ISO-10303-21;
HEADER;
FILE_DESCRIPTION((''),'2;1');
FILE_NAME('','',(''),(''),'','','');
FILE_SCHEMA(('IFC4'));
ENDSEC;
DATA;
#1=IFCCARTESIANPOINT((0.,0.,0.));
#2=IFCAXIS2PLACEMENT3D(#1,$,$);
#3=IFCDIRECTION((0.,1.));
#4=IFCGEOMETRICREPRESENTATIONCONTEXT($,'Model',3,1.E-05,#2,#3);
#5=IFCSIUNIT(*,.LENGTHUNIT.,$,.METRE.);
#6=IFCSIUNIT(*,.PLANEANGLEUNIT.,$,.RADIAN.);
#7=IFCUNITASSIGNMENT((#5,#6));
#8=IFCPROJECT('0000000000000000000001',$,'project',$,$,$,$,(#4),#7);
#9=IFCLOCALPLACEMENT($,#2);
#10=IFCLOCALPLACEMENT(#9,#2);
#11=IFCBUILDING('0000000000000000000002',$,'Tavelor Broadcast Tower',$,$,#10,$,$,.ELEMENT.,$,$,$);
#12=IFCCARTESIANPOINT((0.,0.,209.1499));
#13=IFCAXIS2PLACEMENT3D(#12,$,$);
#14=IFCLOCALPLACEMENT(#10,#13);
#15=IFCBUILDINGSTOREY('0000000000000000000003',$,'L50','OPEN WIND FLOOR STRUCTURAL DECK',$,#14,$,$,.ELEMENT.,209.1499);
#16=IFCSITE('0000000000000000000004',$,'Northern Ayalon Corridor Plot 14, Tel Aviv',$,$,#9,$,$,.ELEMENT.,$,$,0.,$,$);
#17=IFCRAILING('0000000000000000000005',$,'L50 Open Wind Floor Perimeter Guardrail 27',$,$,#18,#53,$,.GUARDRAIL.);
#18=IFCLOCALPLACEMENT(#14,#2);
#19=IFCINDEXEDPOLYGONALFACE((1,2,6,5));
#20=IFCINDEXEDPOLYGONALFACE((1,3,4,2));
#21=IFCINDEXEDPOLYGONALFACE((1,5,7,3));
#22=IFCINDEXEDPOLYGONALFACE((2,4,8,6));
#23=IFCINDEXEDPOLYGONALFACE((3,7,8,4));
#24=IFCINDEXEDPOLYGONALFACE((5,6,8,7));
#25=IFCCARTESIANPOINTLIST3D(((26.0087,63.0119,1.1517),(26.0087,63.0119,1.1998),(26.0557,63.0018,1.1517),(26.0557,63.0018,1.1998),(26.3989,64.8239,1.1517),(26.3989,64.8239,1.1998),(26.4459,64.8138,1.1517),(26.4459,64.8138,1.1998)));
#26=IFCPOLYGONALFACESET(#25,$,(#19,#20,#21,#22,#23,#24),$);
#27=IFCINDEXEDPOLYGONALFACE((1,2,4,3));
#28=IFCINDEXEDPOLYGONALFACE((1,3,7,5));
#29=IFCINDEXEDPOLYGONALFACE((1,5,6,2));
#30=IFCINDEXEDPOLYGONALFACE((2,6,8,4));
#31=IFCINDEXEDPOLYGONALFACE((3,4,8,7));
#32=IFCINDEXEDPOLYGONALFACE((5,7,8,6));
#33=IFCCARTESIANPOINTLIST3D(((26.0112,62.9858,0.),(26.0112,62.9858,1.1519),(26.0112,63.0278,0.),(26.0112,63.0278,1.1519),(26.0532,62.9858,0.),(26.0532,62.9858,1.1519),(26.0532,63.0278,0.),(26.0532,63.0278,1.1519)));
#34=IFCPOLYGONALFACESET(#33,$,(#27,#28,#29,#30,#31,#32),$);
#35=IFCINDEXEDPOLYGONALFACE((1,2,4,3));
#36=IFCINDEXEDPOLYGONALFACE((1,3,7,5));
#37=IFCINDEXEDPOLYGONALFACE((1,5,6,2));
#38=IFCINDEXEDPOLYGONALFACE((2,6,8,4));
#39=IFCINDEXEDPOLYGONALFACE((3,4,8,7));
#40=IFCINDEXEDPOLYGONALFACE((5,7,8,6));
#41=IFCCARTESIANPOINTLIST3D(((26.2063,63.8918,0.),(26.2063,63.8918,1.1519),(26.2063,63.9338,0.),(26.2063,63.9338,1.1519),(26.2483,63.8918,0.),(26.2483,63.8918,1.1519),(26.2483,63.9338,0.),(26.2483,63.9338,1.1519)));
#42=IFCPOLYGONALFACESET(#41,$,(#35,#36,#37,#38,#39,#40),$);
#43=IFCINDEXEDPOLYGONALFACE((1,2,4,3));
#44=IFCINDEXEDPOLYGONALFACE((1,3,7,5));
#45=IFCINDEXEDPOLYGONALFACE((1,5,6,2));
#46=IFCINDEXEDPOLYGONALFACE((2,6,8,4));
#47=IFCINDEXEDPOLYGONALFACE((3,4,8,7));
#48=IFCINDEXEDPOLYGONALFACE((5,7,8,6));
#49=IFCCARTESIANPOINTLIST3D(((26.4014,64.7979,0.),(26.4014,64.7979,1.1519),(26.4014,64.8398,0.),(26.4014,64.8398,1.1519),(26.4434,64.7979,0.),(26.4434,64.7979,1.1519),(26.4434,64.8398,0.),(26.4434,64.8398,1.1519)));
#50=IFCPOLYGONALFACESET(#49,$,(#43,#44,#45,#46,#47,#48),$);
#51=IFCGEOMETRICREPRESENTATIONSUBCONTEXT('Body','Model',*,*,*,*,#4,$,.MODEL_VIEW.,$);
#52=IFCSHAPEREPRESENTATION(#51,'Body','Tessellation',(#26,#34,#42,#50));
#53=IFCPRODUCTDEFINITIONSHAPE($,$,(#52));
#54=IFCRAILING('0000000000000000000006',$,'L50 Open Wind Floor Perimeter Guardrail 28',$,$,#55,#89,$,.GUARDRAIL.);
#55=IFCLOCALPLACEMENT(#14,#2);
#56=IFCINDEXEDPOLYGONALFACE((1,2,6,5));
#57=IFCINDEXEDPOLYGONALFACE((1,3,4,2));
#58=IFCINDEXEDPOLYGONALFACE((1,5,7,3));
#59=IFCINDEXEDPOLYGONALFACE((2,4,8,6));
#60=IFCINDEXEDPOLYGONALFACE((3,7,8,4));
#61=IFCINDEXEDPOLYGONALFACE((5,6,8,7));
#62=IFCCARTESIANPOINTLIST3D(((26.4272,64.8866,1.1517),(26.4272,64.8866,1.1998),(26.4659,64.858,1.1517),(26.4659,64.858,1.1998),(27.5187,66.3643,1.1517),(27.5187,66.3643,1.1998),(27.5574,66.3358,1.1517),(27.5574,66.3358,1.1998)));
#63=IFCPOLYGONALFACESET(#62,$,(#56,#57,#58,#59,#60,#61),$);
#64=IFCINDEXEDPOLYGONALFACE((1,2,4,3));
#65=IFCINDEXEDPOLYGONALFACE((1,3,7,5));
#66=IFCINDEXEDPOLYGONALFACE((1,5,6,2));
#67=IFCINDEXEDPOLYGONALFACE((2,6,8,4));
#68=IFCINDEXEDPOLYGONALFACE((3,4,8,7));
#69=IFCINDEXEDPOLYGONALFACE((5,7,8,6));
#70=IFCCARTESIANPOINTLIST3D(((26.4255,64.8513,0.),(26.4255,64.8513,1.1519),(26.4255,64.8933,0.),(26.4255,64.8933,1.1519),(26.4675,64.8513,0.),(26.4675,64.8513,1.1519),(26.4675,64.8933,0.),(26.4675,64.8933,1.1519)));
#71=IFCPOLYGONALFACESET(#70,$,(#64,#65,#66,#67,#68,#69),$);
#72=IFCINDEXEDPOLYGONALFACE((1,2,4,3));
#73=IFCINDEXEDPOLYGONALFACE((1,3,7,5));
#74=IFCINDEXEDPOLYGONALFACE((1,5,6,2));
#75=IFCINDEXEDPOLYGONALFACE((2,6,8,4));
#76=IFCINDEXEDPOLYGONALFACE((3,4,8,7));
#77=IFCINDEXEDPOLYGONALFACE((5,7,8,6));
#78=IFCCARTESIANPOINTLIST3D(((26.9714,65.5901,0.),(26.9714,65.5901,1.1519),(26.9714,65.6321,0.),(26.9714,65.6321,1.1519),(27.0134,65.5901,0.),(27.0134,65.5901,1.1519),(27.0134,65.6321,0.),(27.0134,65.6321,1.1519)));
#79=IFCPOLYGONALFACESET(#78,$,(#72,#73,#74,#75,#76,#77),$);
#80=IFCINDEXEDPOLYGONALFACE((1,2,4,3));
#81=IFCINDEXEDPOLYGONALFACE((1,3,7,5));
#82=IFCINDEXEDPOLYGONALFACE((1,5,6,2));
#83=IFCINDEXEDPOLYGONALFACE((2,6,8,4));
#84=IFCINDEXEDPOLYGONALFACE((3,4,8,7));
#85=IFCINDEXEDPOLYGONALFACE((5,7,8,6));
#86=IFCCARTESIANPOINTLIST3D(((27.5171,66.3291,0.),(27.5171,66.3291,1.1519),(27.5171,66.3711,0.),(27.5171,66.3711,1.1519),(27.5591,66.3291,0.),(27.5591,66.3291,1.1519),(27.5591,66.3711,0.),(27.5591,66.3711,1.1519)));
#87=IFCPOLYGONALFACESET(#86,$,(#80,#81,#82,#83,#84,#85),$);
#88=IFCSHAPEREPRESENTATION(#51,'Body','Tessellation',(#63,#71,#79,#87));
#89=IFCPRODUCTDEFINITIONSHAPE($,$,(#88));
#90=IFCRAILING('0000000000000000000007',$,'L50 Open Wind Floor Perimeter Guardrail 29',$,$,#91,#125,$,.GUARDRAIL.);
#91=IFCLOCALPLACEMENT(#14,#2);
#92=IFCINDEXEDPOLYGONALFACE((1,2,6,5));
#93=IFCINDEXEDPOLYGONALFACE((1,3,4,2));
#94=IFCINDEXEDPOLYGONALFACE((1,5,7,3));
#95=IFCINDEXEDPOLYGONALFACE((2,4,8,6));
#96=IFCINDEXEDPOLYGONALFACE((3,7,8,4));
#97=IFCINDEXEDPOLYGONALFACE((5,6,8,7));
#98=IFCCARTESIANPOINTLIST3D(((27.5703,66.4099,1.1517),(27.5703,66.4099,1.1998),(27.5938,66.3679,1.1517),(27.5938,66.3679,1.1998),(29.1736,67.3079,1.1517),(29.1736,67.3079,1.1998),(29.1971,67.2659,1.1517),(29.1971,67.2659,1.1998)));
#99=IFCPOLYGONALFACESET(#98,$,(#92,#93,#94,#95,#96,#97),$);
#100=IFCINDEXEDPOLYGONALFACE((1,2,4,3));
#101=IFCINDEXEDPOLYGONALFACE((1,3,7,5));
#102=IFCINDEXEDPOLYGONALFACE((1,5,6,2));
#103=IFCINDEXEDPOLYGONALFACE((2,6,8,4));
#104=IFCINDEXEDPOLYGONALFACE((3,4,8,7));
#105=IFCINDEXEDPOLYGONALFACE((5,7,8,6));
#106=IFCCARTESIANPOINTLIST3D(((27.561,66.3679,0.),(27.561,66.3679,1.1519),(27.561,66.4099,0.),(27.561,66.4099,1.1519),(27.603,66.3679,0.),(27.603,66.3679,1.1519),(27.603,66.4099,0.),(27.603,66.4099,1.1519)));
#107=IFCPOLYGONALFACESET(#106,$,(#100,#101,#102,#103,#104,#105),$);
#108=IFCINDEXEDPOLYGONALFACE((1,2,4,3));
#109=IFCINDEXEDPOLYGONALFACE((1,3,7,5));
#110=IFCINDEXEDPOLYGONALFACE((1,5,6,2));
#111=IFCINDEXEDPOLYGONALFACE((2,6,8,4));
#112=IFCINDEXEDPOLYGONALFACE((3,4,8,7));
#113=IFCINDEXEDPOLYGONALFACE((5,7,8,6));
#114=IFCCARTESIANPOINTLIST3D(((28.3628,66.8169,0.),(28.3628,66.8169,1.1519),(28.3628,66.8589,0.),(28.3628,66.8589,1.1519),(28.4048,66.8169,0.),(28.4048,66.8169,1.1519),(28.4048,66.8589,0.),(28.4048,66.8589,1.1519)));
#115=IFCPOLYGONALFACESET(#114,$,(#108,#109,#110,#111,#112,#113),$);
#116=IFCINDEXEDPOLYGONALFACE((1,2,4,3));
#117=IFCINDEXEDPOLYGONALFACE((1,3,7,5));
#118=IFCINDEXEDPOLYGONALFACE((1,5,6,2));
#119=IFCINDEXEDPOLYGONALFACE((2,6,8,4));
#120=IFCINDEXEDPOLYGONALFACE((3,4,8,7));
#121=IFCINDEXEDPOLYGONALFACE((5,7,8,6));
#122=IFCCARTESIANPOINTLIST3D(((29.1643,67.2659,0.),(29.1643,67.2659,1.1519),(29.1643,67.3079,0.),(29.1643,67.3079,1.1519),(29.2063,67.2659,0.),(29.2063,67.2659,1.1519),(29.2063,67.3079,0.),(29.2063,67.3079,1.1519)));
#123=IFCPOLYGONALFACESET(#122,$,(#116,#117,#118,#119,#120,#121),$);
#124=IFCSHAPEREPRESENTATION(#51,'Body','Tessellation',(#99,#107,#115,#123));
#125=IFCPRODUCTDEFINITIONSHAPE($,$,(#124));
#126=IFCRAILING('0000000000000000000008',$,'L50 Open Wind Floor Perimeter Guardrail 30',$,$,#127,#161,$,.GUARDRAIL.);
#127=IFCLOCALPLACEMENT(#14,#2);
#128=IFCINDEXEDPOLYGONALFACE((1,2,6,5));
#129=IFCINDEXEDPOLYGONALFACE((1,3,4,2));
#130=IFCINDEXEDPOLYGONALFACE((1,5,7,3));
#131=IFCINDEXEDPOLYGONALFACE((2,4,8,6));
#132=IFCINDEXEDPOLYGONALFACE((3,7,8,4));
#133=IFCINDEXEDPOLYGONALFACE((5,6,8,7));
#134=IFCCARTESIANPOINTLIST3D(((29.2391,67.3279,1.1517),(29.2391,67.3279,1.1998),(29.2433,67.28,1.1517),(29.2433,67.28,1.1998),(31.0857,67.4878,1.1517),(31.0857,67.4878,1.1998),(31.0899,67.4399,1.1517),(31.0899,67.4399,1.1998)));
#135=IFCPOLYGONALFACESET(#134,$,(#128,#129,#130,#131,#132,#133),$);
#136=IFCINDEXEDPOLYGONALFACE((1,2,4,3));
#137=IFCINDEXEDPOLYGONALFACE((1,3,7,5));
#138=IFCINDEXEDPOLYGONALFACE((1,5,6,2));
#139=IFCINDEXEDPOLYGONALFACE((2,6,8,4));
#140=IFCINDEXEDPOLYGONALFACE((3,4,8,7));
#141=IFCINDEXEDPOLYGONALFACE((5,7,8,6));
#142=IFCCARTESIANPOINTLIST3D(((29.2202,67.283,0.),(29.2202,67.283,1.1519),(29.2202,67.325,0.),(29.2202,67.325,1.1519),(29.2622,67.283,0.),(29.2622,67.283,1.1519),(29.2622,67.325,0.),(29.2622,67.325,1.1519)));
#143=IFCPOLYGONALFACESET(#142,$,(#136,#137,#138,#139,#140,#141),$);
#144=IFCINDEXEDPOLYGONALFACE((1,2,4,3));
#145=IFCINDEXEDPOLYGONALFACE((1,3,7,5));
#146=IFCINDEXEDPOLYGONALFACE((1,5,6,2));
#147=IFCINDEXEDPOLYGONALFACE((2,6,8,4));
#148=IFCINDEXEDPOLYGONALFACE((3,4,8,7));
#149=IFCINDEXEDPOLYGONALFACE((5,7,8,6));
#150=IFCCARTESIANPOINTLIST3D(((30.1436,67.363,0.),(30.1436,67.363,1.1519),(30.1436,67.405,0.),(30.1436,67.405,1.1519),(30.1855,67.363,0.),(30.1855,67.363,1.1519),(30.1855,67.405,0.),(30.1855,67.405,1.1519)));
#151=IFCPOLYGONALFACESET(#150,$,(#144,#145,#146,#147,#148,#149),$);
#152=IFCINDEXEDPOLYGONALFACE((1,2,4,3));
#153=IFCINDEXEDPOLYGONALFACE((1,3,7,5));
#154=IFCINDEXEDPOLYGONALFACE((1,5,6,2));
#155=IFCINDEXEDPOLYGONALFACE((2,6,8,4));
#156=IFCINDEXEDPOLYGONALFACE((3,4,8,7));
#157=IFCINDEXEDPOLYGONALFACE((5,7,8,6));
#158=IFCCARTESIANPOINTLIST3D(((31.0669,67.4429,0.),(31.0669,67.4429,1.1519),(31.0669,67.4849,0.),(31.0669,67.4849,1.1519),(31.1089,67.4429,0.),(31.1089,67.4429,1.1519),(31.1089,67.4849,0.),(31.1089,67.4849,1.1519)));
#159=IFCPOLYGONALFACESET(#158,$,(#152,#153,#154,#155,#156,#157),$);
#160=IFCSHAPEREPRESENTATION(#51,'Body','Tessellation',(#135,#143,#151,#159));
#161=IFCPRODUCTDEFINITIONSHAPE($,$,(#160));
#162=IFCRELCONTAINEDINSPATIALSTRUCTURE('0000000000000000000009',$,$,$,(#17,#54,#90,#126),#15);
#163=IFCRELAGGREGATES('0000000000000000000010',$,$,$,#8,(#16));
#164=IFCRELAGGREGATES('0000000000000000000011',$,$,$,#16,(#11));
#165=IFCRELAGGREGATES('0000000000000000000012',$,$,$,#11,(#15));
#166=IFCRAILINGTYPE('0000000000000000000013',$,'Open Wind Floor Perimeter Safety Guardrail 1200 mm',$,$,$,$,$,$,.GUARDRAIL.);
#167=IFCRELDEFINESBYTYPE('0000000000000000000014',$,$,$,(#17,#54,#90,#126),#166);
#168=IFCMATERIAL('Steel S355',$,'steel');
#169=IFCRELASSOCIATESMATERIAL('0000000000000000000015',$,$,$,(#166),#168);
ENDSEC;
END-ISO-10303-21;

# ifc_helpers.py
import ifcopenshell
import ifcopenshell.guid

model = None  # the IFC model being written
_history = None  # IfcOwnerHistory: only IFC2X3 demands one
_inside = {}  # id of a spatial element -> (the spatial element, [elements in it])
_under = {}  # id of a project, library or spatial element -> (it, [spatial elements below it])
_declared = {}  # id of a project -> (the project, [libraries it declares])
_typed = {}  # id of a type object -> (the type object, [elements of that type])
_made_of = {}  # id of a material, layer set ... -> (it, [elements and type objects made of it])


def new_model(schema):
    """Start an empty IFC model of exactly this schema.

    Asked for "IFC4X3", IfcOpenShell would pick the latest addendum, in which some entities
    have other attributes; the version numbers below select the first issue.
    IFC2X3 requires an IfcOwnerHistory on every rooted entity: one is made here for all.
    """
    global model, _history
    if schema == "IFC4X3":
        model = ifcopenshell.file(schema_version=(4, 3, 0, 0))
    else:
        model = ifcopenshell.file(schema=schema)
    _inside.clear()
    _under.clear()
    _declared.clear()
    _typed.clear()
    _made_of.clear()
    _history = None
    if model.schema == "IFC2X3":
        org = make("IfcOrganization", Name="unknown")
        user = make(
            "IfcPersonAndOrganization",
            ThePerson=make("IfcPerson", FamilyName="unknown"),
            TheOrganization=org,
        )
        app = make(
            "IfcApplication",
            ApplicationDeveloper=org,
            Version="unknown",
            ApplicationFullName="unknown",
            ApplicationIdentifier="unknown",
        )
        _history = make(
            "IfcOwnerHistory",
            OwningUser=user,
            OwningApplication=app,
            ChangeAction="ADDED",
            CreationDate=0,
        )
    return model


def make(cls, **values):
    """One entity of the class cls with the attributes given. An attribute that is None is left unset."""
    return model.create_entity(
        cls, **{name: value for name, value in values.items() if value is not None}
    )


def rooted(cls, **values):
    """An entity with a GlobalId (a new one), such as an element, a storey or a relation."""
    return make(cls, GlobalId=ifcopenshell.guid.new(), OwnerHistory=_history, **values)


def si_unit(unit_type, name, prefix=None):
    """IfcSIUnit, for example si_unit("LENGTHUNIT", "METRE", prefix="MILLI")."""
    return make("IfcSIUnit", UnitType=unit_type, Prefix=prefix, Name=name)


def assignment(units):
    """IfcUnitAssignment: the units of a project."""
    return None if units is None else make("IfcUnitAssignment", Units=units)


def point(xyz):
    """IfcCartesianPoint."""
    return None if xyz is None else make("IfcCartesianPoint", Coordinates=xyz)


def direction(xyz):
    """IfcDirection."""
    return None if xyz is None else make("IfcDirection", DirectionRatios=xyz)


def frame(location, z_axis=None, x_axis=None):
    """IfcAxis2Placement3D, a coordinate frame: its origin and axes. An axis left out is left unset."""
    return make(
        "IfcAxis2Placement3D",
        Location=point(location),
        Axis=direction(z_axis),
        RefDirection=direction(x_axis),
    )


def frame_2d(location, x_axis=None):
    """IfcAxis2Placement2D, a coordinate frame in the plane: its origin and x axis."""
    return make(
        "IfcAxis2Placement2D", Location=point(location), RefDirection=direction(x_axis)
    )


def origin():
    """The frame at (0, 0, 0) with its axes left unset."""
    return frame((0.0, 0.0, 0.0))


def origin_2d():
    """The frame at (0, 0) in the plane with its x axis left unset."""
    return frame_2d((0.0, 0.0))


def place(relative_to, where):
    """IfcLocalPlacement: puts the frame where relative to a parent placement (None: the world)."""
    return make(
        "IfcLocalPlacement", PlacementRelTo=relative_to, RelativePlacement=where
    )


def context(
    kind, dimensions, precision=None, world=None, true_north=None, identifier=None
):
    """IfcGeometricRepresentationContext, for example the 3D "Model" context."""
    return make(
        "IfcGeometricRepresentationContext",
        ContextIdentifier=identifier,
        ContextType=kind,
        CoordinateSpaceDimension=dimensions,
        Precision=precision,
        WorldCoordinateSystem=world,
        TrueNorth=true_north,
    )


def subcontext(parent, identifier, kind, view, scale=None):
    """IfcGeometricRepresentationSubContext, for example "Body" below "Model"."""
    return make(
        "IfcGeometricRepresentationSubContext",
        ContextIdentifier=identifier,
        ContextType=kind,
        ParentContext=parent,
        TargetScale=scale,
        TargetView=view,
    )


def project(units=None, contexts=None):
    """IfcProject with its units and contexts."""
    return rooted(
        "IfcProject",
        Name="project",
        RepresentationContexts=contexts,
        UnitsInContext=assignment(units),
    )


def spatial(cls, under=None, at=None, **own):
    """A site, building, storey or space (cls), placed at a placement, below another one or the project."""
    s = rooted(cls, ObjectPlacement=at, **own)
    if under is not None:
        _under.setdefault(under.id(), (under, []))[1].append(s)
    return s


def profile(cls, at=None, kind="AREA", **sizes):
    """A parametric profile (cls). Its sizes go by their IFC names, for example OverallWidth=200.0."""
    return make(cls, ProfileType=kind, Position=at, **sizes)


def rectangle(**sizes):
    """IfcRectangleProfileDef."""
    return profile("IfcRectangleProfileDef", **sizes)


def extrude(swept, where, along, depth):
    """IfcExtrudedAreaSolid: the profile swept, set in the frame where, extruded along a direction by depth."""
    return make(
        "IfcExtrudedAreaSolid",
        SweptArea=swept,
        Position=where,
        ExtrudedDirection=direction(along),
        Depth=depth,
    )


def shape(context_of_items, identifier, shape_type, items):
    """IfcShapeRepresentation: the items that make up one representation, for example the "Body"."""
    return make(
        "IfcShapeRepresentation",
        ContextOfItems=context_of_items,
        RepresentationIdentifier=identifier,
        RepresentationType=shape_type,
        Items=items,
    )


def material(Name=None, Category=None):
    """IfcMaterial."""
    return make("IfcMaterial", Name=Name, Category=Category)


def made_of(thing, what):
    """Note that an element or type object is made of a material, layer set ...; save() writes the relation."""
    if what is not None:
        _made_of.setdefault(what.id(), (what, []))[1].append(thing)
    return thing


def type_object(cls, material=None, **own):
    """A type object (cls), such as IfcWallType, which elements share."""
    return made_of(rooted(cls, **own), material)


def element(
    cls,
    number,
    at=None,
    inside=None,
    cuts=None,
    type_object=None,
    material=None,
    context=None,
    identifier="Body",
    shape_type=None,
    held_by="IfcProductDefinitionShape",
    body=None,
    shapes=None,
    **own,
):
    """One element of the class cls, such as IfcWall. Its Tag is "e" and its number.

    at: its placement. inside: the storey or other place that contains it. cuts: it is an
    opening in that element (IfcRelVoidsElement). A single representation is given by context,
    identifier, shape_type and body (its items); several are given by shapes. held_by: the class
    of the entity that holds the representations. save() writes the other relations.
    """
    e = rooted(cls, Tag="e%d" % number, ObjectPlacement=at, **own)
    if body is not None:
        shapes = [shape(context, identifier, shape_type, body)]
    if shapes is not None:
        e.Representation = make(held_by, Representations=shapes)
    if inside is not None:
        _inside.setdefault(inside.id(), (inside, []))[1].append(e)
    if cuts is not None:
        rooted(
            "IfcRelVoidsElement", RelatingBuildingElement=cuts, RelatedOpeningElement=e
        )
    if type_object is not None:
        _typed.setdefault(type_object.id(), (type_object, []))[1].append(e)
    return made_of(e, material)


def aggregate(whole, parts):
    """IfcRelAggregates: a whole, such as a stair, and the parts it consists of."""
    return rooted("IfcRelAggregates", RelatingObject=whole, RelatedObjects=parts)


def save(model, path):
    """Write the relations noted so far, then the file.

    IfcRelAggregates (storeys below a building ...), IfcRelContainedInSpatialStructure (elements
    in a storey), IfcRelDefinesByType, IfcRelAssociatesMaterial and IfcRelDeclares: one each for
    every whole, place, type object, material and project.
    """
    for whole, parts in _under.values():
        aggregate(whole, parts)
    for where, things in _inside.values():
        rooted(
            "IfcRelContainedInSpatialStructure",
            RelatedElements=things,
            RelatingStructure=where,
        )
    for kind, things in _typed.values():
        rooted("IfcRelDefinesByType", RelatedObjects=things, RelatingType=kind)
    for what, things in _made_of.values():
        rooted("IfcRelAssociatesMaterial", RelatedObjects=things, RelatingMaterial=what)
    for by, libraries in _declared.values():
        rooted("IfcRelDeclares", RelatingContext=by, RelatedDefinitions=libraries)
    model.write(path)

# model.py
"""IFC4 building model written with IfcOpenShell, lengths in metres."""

from ifc_helpers import new_model, si_unit, direction, frame, origin, origin_2d, place, context, subcontext, project, spatial, rectangle, extrude, material, type_object, element, save


model = new_model("IFC4")

# Units and contexts
model_context = context("Model", 3, precision=1e-05, world=origin(), true_north=direction((0.0, 1.0)))
body_context = subcontext(model_context, "Body", "Model", "MODEL_VIEW")
ifc_project = project(units=[si_unit("LENGTHUNIT", "METRE"), si_unit("PLANEANGLEUNIT", "RADIAN")], contexts=[model_context])

# Site, building, storey
site_placement = place(None, origin())
site = spatial("IfcSite", under=ifc_project, at=site_placement, Name="Northern Ayalon Corridor Plot 14, Tel Aviv", CompositionType="ELEMENT", RefElevation=0.0)
building_placement = place(site_placement, origin())
building = spatial("IfcBuilding", under=site, at=building_placement, Name="Tavelor Broadcast Tower", CompositionType="ELEMENT")
storey_placement = place(building_placement, frame((0.0, 0.0, 209.1499)))
storey = spatial("IfcBuildingStorey", under=building, at=storey_placement, Name="L50", Description="OPEN WIND FLOOR STRUCTURAL DECK", CompositionType="ELEMENT", Elevation=209.1499)

# Railings
ifc_material_1 = material(Name="Steel S355", Category="steel")
railing_type = type_object("IfcRailingType", Name="Open Wind Floor Perimeter Safety Guardrail 1200 mm", PredefinedType="GUARDRAIL", material=ifc_material_1)
railing_1_placement = place(storey_placement, frame((26.0322, 63.0068, 0.0)))
element("IfcRailing", 1, at=railing_1_placement, inside=storey, type_object=railing_type, Name="L50 Open Wind Floor Perimeter Guardrail 27", PredefinedType="GUARDRAIL", context=body_context, shape_type="SweptSolid", body=[
    extrude(rectangle(XDim=0.0481, YDim=0.0481, at=origin_2d()), frame((0.0, 0.0, 1.1758), z_axis=(0.210482, 0.977598, 0.0), x_axis=(-0.977598, 0.210482, 0.0)), (0.0, 0.0, 1.0), 1.8535),
    extrude(rectangle(XDim=0.042, YDim=0.042, at=origin_2d()), origin(), (0.0, 0.0, 1.0), 1.1519),
    extrude(rectangle(XDim=0.042, YDim=0.042, at=origin_2d()), frame((0.1951, 0.906, 0.0)), (0.0, 0.0, 1.0), 1.1519),
    extrude(rectangle(XDim=0.042, YDim=0.042, at=origin_2d()), frame((0.3901, 1.812, 0.0)), (0.0, 0.0, 1.0), 1.1519),
])
railing_2_placement = place(storey_placement, frame((26.4465, 64.8723, 0.0)))
element("IfcRailing", 2, at=railing_2_placement, inside=storey, type_object=railing_type, Name="L50 Open Wind Floor Perimeter Guardrail 28", PredefinedType="GUARDRAIL", context=body_context, shape_type="SweptSolid", body=[
    extrude(rectangle(XDim=0.0481, YDim=0.0481, at=origin_2d()), frame((0.0, 0.0, 1.1758), z_axis=(0.594137, 0.804364, 0.0), x_axis=(-0.804364, 0.594137, 0.0)), (0.0, 0.0, 1.0), 1.8372),
    extrude(rectangle(XDim=0.042, YDim=0.042, at=origin_2d()), origin(), (0.0, 0.0, 1.0), 1.1519),
    extrude(rectangle(XDim=0.042, YDim=0.042, at=origin_2d()), frame((0.5459, 0.7388, 0.0)), (0.0, 0.0, 1.0), 1.1519),
    extrude(rectangle(XDim=0.042, YDim=0.042, at=origin_2d()), frame((1.0916, 1.4778, 0.0)), (0.0, 0.0, 1.0), 1.1519),
])
railing_3_placement = place(storey_placement, frame((27.582, 66.3889, 0.0)))
element("IfcRailing", 3, at=railing_3_placement, inside=storey, type_object=railing_type, Name="L50 Open Wind Floor Perimeter Guardrail 29", PredefinedType="GUARDRAIL", context=body_context, shape_type="SweptSolid", body=[
    extrude(rectangle(XDim=0.0481, YDim=0.0481, at=origin_2d()), frame((0.0, 0.0, 1.1758), z_axis=(0.872479, 0.488652, 0.0), x_axis=(-0.488652, 0.872479, 0.0)), (0.0, 0.0, 1.0), 1.8376),
    extrude(rectangle(XDim=0.042, YDim=0.042, at=origin_2d()), origin(), (0.0, 0.0, 1.0), 1.1519),
    extrude(rectangle(XDim=0.042, YDim=0.042, at=origin_2d()), frame((0.8018, 0.449, 0.0)), (0.0, 0.0, 1.0), 1.1519),
    extrude(rectangle(XDim=0.042, YDim=0.042, at=origin_2d()), frame((1.6033, 0.8979, 0.0)), (0.0, 0.0, 1.0), 1.1519),
])
railing_4_placement = place(storey_placement, frame((29.2412, 67.304, 0.0)))
element("IfcRailing", 4, at=railing_4_placement, inside=storey, type_object=railing_type, Name="L50 Open Wind Floor Perimeter Guardrail 30", PredefinedType="GUARDRAIL", context=body_context, shape_type="SweptSolid", body=[
    extrude(rectangle(XDim=0.0481, YDim=0.0481, at=origin_2d()), frame((0.0, 0.0, 1.1758), z_axis=(0.996272, 0.086272, 0.0), x_axis=(-0.086272, 0.996272, 0.0)), (0.0, 0.0, 1.0), 1.8535),
    extrude(rectangle(XDim=0.042, YDim=0.042, at=origin_2d()), origin(), (0.0, 0.0, 1.0), 1.1519),
    extrude(rectangle(XDim=0.042, YDim=0.042, at=origin_2d()), frame((0.9233, 0.0801, 0.0)), (0.0, 0.0, 1.0), 1.1519),
    extrude(rectangle(XDim=0.042, YDim=0.042, at=origin_2d()), frame((1.8467, 0.1599, 0.0)), (0.0, 0.0, 1.0), 1.1519),
])

save(model, "model.ifc")
